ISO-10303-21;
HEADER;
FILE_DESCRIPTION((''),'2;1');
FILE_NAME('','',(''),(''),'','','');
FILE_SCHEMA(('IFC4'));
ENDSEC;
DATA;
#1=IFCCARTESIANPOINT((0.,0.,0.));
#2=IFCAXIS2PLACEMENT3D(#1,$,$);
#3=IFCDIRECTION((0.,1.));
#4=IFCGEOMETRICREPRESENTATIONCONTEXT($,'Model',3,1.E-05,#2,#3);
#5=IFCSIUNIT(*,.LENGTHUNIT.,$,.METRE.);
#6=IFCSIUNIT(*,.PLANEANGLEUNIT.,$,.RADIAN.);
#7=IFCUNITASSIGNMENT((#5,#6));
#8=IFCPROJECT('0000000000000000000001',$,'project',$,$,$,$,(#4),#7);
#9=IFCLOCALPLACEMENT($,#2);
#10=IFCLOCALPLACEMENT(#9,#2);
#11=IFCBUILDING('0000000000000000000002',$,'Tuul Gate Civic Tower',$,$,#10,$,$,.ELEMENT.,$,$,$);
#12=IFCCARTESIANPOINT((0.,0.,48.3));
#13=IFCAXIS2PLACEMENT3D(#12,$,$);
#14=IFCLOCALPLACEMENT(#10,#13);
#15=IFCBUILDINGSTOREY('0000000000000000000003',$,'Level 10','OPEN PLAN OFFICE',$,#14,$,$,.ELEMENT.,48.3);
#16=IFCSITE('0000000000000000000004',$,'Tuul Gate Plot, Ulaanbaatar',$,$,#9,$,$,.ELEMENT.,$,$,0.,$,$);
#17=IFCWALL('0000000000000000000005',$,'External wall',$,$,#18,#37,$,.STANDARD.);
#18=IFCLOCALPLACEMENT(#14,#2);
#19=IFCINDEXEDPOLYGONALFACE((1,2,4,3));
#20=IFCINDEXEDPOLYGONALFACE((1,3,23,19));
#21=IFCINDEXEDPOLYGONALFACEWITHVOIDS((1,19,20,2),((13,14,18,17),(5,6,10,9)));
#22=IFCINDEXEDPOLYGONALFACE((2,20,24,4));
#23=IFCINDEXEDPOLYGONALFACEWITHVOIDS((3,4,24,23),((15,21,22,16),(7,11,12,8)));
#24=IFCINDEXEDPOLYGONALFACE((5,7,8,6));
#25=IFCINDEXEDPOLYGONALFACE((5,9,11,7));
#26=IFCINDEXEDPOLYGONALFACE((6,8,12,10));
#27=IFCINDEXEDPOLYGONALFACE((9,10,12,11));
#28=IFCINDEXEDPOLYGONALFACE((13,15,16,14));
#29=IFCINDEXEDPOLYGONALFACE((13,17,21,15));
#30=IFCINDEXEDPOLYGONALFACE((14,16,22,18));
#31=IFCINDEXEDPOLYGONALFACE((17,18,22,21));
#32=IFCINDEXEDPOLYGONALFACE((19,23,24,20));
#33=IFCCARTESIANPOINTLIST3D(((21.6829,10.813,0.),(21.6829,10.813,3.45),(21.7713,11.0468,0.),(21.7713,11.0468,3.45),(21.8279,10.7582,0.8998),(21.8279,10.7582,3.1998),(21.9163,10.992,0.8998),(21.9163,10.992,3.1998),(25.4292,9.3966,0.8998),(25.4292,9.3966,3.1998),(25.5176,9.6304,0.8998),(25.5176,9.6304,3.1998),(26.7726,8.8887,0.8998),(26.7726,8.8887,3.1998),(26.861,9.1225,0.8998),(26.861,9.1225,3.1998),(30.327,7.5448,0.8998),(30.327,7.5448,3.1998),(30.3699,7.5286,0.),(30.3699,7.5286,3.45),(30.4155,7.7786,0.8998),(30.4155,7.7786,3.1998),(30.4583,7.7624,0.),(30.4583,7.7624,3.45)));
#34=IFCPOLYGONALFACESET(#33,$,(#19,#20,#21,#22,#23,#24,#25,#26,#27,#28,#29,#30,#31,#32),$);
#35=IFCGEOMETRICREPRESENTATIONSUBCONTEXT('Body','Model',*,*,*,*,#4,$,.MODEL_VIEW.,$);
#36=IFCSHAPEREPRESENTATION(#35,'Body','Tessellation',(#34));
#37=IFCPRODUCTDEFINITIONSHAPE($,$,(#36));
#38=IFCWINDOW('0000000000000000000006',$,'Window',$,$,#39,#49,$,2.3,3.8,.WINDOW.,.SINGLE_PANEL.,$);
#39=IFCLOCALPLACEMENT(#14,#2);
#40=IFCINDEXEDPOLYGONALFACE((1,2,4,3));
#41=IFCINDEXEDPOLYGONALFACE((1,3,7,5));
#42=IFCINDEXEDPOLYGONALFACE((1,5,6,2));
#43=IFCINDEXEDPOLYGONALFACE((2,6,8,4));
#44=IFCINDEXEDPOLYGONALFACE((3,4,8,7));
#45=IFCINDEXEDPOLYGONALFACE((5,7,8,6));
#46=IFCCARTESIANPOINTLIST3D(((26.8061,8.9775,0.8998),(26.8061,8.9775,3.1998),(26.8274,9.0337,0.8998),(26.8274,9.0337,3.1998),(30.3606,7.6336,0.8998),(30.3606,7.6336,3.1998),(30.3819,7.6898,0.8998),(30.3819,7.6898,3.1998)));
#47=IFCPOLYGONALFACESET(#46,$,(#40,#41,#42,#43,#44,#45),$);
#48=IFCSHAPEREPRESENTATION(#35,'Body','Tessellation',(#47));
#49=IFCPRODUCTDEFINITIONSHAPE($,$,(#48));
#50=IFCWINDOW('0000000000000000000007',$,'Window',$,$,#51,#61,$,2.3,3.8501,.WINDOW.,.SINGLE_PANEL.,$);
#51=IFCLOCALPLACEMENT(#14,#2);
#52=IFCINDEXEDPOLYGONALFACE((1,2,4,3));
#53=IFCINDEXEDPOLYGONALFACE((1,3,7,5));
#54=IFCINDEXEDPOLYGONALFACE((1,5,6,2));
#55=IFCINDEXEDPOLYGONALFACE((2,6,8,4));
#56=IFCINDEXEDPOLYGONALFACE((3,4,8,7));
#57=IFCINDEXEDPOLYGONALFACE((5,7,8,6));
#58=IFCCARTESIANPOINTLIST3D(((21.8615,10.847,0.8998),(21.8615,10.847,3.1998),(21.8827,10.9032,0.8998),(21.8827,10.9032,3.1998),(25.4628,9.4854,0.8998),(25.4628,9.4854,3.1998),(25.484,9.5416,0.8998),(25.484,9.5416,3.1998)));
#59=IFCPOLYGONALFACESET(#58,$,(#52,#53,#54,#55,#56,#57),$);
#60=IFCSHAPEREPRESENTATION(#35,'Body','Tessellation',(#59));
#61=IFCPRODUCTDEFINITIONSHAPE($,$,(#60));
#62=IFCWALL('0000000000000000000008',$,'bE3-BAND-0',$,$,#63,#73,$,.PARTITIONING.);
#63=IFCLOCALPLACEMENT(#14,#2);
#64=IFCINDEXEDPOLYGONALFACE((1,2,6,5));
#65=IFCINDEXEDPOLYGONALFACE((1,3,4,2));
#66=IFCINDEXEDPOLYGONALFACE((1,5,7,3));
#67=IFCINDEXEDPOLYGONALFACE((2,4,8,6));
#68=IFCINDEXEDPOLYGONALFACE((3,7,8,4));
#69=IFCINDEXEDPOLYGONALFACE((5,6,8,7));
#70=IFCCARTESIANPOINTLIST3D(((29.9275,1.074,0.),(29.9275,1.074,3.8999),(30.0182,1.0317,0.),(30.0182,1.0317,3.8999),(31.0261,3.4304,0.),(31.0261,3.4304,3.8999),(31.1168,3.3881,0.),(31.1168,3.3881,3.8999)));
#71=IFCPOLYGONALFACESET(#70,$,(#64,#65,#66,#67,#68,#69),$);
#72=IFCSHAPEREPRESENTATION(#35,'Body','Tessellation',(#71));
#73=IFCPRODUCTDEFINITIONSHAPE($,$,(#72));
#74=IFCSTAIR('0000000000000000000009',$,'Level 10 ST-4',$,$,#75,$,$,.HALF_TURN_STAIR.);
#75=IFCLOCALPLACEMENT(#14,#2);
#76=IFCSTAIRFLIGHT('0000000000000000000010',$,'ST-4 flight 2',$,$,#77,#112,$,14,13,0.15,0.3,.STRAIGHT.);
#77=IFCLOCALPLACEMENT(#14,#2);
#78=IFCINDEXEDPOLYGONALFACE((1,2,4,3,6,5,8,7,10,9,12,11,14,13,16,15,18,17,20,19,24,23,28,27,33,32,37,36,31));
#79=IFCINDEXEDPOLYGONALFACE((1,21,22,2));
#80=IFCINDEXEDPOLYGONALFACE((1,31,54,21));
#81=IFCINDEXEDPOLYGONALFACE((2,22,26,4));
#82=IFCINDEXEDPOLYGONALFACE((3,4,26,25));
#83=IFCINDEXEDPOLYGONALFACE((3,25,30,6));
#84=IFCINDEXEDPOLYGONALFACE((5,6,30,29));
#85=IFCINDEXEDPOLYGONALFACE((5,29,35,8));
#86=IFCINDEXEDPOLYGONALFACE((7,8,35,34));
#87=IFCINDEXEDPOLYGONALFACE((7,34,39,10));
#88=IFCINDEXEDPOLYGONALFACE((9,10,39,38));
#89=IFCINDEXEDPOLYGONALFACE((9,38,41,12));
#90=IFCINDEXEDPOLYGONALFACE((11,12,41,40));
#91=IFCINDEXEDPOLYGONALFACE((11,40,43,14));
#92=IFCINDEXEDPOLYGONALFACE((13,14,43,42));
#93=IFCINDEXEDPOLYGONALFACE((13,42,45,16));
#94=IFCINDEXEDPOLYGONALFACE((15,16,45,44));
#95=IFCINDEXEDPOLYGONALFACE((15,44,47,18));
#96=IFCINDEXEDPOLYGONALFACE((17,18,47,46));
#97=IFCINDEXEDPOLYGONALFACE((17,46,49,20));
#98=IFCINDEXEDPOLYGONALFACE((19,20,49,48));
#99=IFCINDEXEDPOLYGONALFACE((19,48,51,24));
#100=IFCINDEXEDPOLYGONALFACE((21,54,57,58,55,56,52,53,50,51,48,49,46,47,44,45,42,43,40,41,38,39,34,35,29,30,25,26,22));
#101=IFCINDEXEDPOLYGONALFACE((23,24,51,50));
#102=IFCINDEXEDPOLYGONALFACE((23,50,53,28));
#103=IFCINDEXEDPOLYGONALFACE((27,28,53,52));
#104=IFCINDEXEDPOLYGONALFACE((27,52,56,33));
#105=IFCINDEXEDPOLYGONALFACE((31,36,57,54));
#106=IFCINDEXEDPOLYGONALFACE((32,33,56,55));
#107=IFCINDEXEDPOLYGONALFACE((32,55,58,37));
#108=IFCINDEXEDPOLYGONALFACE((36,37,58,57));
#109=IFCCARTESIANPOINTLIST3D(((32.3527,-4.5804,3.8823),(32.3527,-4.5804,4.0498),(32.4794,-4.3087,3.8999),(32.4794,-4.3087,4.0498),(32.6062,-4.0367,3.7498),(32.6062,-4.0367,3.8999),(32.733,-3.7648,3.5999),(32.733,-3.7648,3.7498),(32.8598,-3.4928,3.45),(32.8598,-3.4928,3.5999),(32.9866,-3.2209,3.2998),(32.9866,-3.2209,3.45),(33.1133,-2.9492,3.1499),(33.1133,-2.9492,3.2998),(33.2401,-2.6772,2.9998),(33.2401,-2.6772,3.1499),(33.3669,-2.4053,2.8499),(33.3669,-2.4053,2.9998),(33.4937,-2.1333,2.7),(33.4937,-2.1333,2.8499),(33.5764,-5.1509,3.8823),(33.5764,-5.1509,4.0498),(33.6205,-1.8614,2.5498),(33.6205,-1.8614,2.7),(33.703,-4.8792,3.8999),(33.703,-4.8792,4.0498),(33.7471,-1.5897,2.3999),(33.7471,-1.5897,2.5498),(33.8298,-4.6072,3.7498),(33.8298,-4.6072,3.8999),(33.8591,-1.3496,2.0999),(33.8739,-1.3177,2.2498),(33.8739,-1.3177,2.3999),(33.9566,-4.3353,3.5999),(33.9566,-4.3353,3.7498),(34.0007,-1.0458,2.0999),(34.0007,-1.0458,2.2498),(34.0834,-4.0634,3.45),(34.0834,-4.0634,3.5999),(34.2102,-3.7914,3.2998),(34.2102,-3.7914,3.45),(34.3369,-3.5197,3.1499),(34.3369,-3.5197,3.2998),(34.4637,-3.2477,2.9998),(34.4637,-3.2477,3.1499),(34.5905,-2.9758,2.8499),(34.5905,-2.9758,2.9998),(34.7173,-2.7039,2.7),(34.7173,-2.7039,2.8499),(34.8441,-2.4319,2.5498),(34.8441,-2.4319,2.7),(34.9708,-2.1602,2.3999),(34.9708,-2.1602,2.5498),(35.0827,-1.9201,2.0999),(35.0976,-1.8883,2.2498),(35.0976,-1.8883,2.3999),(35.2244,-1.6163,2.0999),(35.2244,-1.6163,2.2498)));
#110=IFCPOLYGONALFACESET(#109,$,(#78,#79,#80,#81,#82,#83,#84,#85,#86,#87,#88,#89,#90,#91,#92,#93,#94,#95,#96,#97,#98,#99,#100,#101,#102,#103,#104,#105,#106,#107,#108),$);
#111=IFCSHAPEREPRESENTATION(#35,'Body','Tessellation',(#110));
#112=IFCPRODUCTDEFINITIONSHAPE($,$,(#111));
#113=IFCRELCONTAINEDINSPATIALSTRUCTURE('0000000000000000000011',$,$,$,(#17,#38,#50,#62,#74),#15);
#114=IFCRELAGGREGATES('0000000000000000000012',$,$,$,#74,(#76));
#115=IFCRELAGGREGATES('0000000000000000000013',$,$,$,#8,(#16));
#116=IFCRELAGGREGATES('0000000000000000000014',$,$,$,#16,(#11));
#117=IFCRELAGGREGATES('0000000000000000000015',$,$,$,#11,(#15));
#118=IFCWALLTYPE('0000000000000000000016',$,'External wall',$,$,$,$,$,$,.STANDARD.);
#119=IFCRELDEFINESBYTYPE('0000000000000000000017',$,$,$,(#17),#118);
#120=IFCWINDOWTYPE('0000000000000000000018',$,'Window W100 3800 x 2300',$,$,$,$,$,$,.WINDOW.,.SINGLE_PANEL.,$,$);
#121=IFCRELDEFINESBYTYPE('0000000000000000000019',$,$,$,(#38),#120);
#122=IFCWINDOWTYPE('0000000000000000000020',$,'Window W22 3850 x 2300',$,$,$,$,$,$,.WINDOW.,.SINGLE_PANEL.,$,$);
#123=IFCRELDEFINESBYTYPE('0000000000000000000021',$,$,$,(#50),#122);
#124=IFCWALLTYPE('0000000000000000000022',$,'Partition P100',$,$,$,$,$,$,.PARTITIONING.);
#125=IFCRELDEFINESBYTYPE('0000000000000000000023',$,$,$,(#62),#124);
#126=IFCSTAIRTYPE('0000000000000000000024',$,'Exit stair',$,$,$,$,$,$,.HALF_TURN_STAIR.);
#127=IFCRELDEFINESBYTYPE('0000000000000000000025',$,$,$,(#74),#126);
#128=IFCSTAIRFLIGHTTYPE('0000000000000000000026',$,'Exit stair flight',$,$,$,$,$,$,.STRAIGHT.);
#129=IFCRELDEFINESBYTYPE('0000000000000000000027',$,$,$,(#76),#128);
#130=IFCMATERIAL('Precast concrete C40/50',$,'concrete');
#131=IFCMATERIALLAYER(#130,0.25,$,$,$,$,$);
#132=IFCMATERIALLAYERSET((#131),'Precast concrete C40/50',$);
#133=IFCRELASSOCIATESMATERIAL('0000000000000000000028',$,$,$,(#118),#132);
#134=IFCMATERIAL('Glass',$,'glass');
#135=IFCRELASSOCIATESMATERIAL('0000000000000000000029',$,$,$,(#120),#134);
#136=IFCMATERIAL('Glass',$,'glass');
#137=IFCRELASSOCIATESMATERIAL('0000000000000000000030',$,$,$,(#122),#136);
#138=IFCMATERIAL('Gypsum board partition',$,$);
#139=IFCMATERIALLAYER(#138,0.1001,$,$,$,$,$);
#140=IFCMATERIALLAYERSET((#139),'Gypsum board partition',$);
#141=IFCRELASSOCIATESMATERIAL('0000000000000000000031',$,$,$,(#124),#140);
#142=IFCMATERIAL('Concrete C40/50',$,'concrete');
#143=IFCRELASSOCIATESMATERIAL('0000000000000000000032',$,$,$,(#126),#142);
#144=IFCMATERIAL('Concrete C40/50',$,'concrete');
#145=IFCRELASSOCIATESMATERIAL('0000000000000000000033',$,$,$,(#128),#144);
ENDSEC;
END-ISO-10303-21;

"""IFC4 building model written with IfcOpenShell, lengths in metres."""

from ifc_helpers import new_model, si_unit, direction, frame, frame_2d, origin, place, context, subcontext, project, spatial, polyline, rectangle, outline, extrude, material, layer, layer_set, type_object, element, fill, aggregate, save


model = new_model("IFC4")

# Units and contexts
model_context = context("Model", 3, precision=1e-05, world=origin(), true_north=direction((0.0, 1.0)))
body_context = subcontext(model_context, "Body", "Model", "MODEL_VIEW")
ifc_project = project(units=[si_unit("LENGTHUNIT", "METRE"), si_unit("PLANEANGLEUNIT", "RADIAN")], contexts=[model_context])

# Site, building, storey
site_placement = place(None, origin())
site = spatial("IfcSite", under=ifc_project, at=site_placement, Name="Tuul Gate Plot, Ulaanbaatar", CompositionType="ELEMENT", RefElevation=0.0)
building_placement = place(site_placement, origin())
building = spatial("IfcBuilding", under=site, at=building_placement, Name="Tuul Gate Civic Tower", CompositionType="ELEMENT")
storey_placement = place(building_placement, frame((0.0, 0.0, 48.3)))
storey = spatial("IfcBuildingStorey", under=building, at=storey_placement, Name="Level 10", Description="OPEN PLAN OFFICE", CompositionType="ELEMENT", Elevation=48.3)

# Wall, openings, windows
ifc_material_1 = material(Name="Precast concrete C40/50", Category="concrete")
ifc_layer_1 = layer(ifc_material_1, 0.25)
ifc_layer_set_1 = layer_set([ifc_layer_1], Name="Precast concrete C40/50")
wall_type_1 = type_object("IfcWallType", Name="External wall", PredefinedType="STANDARD", material=ifc_layer_set_1)
wall_1_placement = place(storey_placement, frame((30.4141, 7.6455, 0.0), z_axis=(0.0, 0.0, 1.0), x_axis=(-0.935377, 0.353652, 0.0)))
wall_1 = element("IfcWall", 1, at=wall_1_placement, inside=storey, type_object=wall_type_1, Name="External wall", PredefinedType="STANDARD", context=body_context, shape_type="SweptSolid", body=[
    extrude(rectangle(XDim=9.2871, YDim=0.25, at=frame_2d((4.6436, 0.0))), origin(), (0.0, 0.0, 1.0), 3.45),
])
opening_1_placement = place(wall_1_placement, frame((0.0459, 0.0, 0.8999)))
opening_1 = element("IfcOpeningElement", 2, at=opening_1_placement, cuts=wall_1, PredefinedType="OPENING", context=body_context, shape_type="SweptSolid", body=[
    extrude(rectangle(XDim=3.8, YDim=2.3, at=frame_2d((1.8999, 1.1499))), frame((0.0, 0.135, 0.0), z_axis=(0.0, -1.0, 0.0), x_axis=(1.0, 0.0, 0.0)), (0.0, 0.0, 1.0), 0.27),
])
opening_2_placement = place(wall_1_placement, frame((5.282, 0.0, 0.8999)))
opening_2 = element("IfcOpeningElement", 3, at=opening_2_placement, cuts=wall_1, PredefinedType="OPENING", context=body_context, shape_type="SweptSolid", body=[
    extrude(rectangle(XDim=3.8501, YDim=2.3, at=frame_2d((1.925, 1.1499))), frame((0.0, 0.135, 0.0), z_axis=(0.0, -1.0, 0.0), x_axis=(1.0, 0.0, 0.0)), (0.0, 0.0, 1.0), 0.27),
])
ifc_material_2 = material(Name="Glass", Category="glass")
window_type_1 = type_object("IfcWindowType", Name="Window W100 3800 x 2300", PartitioningType="SINGLE_PANEL", PredefinedType="WINDOW", material=ifc_material_2)
window_1_placement = place(opening_1_placement, origin())
window_1 = element("IfcWindow", 4, at=window_1_placement, inside=storey, type_object=window_type_1, Name="Window", OverallHeight=2.3, OverallWidth=3.8, PartitioningType="SINGLE_PANEL", PredefinedType="WINDOW", context=body_context, shape_type="SweptSolid", body=[
    extrude(rectangle(XDim=3.8, YDim=2.3, at=frame_2d((1.8999, 1.1499))), frame((0.0, 0.03, 0.0), z_axis=(0.0, -1.0, 0.0), x_axis=(1.0, 0.0, 0.0)), (0.0, 0.0, 1.0), 0.0601),
])
fill(opening_1, window_1)
ifc_material_3 = material(Name="Glass", Category="glass")
window_type_2 = type_object("IfcWindowType", Name="Window W22 3850 x 2300", PartitioningType="SINGLE_PANEL", PredefinedType="WINDOW", material=ifc_material_3)
window_2_placement = place(opening_2_placement, origin())
window_2 = element("IfcWindow", 5, at=window_2_placement, inside=storey, type_object=window_type_2, Name="Window", OverallHeight=2.3, OverallWidth=3.8501, PartitioningType="SINGLE_PANEL", PredefinedType="WINDOW", context=body_context, shape_type="SweptSolid", body=[
    extrude(rectangle(XDim=3.8501, YDim=2.3, at=frame_2d((1.925, 1.1499))), frame((0.0, 0.03, 0.0), z_axis=(0.0, -1.0, 0.0), x_axis=(1.0, 0.0, 0.0)), (0.0, 0.0, 1.0), 0.0601),
])
fill(opening_2, window_2)

# Wall
ifc_material_4 = material(Name="Gypsum board partition")
ifc_layer_2 = layer(ifc_material_4, 0.1001)
ifc_layer_set_2 = layer_set([ifc_layer_2], Name="Gypsum board partition")
wall_type_2 = type_object("IfcWallType", Name="Partition P100", PredefinedType="PARTITIONING", material=ifc_layer_set_2)
wall_2_placement = place(storey_placement, frame((29.9729, 1.053, 0.0), z_axis=(0.0, 0.0, 1.0), x_axis=(0.422556, 0.906337, 0.0)))
element("IfcWall", 6, at=wall_2_placement, inside=storey, type_object=wall_type_2, Name="bE3-BAND-0", PredefinedType="PARTITIONING", context=body_context, shape_type="SweptSolid", body=[
    extrude(rectangle(XDim=2.5999, YDim=0.1001, at=frame_2d((1.2998, 0.0))), origin(), (0.0, 0.0, 1.0), 3.8999),
])

# Stair, stair flight
ifc_material_5 = material(Name="Concrete C40/50", Category="concrete")
stair_type = type_object("IfcStairType", Name="Exit stair", PredefinedType="HALF_TURN_STAIR", material=ifc_material_5)
stair_placement = place(storey_placement, origin())
stair = element("IfcStair", 7, at=stair_placement, inside=storey, type_object=stair_type, Name="Level 10 ST-4", PredefinedType="HALF_TURN_STAIR")
ifc_material_6 = material(Name="Concrete C40/50", Category="concrete")
stair_flight_type = type_object("IfcStairFlightType", Name="Exit stair flight", PredefinedType="STRAIGHT", material=ifc_material_6)
stair_flight_placement = place(storey_placement, frame((34.6125, -1.3311, 2.0999), z_axis=(0.0, 0.0, 1.0), x_axis=(-0.422576, -0.906327, 0.0)))
stair_flight = element("IfcStairFlight", 8, at=stair_flight_placement, type_object=stair_flight_type, Name="ST-4 flight 2", NumberOfRisers=14, NumberOfTreads=13, PredefinedType="STRAIGHT", RiserHeight=0.15, TreadLength=0.3, context=body_context, shape_type="SweptSolid", body=[
    extrude(outline(polyline([(0.0, 0.0), (0.0, 0.1499), (0.3, 0.1499), (0.3, 0.3), (0.6001, 0.3), (0.6001, 0.45), (0.8999, 0.45), (0.8999, 0.6001), (1.2, 0.6001), (1.2, 0.75), (1.5, 0.75), (1.5, 0.8999), (1.8, 0.8999), (1.8, 1.05), (2.1001, 1.05), (2.1001, 1.2), (2.3999, 1.2), (2.3999, 1.3501), (2.7, 1.3501), (2.7, 1.5), (3.0, 1.5), (3.0, 1.6499), (3.3, 1.6499), (3.3, 1.8), (3.6001, 1.8), (3.6001, 1.95), (3.8999, 1.95), (3.8999, 2.1001), (3.8999, 1.7825), (0.3352, 0.0), (0.0, 0.0)])), frame((0.0, 0.675, 0.0), z_axis=(0.0, -1.0, 0.0), x_axis=(1.0, 0.0, 0.0)), (0.0, 0.0, 1.0), 1.3501),
])
aggregate(stair, [stair_flight])

save(model, "model.ifc")
